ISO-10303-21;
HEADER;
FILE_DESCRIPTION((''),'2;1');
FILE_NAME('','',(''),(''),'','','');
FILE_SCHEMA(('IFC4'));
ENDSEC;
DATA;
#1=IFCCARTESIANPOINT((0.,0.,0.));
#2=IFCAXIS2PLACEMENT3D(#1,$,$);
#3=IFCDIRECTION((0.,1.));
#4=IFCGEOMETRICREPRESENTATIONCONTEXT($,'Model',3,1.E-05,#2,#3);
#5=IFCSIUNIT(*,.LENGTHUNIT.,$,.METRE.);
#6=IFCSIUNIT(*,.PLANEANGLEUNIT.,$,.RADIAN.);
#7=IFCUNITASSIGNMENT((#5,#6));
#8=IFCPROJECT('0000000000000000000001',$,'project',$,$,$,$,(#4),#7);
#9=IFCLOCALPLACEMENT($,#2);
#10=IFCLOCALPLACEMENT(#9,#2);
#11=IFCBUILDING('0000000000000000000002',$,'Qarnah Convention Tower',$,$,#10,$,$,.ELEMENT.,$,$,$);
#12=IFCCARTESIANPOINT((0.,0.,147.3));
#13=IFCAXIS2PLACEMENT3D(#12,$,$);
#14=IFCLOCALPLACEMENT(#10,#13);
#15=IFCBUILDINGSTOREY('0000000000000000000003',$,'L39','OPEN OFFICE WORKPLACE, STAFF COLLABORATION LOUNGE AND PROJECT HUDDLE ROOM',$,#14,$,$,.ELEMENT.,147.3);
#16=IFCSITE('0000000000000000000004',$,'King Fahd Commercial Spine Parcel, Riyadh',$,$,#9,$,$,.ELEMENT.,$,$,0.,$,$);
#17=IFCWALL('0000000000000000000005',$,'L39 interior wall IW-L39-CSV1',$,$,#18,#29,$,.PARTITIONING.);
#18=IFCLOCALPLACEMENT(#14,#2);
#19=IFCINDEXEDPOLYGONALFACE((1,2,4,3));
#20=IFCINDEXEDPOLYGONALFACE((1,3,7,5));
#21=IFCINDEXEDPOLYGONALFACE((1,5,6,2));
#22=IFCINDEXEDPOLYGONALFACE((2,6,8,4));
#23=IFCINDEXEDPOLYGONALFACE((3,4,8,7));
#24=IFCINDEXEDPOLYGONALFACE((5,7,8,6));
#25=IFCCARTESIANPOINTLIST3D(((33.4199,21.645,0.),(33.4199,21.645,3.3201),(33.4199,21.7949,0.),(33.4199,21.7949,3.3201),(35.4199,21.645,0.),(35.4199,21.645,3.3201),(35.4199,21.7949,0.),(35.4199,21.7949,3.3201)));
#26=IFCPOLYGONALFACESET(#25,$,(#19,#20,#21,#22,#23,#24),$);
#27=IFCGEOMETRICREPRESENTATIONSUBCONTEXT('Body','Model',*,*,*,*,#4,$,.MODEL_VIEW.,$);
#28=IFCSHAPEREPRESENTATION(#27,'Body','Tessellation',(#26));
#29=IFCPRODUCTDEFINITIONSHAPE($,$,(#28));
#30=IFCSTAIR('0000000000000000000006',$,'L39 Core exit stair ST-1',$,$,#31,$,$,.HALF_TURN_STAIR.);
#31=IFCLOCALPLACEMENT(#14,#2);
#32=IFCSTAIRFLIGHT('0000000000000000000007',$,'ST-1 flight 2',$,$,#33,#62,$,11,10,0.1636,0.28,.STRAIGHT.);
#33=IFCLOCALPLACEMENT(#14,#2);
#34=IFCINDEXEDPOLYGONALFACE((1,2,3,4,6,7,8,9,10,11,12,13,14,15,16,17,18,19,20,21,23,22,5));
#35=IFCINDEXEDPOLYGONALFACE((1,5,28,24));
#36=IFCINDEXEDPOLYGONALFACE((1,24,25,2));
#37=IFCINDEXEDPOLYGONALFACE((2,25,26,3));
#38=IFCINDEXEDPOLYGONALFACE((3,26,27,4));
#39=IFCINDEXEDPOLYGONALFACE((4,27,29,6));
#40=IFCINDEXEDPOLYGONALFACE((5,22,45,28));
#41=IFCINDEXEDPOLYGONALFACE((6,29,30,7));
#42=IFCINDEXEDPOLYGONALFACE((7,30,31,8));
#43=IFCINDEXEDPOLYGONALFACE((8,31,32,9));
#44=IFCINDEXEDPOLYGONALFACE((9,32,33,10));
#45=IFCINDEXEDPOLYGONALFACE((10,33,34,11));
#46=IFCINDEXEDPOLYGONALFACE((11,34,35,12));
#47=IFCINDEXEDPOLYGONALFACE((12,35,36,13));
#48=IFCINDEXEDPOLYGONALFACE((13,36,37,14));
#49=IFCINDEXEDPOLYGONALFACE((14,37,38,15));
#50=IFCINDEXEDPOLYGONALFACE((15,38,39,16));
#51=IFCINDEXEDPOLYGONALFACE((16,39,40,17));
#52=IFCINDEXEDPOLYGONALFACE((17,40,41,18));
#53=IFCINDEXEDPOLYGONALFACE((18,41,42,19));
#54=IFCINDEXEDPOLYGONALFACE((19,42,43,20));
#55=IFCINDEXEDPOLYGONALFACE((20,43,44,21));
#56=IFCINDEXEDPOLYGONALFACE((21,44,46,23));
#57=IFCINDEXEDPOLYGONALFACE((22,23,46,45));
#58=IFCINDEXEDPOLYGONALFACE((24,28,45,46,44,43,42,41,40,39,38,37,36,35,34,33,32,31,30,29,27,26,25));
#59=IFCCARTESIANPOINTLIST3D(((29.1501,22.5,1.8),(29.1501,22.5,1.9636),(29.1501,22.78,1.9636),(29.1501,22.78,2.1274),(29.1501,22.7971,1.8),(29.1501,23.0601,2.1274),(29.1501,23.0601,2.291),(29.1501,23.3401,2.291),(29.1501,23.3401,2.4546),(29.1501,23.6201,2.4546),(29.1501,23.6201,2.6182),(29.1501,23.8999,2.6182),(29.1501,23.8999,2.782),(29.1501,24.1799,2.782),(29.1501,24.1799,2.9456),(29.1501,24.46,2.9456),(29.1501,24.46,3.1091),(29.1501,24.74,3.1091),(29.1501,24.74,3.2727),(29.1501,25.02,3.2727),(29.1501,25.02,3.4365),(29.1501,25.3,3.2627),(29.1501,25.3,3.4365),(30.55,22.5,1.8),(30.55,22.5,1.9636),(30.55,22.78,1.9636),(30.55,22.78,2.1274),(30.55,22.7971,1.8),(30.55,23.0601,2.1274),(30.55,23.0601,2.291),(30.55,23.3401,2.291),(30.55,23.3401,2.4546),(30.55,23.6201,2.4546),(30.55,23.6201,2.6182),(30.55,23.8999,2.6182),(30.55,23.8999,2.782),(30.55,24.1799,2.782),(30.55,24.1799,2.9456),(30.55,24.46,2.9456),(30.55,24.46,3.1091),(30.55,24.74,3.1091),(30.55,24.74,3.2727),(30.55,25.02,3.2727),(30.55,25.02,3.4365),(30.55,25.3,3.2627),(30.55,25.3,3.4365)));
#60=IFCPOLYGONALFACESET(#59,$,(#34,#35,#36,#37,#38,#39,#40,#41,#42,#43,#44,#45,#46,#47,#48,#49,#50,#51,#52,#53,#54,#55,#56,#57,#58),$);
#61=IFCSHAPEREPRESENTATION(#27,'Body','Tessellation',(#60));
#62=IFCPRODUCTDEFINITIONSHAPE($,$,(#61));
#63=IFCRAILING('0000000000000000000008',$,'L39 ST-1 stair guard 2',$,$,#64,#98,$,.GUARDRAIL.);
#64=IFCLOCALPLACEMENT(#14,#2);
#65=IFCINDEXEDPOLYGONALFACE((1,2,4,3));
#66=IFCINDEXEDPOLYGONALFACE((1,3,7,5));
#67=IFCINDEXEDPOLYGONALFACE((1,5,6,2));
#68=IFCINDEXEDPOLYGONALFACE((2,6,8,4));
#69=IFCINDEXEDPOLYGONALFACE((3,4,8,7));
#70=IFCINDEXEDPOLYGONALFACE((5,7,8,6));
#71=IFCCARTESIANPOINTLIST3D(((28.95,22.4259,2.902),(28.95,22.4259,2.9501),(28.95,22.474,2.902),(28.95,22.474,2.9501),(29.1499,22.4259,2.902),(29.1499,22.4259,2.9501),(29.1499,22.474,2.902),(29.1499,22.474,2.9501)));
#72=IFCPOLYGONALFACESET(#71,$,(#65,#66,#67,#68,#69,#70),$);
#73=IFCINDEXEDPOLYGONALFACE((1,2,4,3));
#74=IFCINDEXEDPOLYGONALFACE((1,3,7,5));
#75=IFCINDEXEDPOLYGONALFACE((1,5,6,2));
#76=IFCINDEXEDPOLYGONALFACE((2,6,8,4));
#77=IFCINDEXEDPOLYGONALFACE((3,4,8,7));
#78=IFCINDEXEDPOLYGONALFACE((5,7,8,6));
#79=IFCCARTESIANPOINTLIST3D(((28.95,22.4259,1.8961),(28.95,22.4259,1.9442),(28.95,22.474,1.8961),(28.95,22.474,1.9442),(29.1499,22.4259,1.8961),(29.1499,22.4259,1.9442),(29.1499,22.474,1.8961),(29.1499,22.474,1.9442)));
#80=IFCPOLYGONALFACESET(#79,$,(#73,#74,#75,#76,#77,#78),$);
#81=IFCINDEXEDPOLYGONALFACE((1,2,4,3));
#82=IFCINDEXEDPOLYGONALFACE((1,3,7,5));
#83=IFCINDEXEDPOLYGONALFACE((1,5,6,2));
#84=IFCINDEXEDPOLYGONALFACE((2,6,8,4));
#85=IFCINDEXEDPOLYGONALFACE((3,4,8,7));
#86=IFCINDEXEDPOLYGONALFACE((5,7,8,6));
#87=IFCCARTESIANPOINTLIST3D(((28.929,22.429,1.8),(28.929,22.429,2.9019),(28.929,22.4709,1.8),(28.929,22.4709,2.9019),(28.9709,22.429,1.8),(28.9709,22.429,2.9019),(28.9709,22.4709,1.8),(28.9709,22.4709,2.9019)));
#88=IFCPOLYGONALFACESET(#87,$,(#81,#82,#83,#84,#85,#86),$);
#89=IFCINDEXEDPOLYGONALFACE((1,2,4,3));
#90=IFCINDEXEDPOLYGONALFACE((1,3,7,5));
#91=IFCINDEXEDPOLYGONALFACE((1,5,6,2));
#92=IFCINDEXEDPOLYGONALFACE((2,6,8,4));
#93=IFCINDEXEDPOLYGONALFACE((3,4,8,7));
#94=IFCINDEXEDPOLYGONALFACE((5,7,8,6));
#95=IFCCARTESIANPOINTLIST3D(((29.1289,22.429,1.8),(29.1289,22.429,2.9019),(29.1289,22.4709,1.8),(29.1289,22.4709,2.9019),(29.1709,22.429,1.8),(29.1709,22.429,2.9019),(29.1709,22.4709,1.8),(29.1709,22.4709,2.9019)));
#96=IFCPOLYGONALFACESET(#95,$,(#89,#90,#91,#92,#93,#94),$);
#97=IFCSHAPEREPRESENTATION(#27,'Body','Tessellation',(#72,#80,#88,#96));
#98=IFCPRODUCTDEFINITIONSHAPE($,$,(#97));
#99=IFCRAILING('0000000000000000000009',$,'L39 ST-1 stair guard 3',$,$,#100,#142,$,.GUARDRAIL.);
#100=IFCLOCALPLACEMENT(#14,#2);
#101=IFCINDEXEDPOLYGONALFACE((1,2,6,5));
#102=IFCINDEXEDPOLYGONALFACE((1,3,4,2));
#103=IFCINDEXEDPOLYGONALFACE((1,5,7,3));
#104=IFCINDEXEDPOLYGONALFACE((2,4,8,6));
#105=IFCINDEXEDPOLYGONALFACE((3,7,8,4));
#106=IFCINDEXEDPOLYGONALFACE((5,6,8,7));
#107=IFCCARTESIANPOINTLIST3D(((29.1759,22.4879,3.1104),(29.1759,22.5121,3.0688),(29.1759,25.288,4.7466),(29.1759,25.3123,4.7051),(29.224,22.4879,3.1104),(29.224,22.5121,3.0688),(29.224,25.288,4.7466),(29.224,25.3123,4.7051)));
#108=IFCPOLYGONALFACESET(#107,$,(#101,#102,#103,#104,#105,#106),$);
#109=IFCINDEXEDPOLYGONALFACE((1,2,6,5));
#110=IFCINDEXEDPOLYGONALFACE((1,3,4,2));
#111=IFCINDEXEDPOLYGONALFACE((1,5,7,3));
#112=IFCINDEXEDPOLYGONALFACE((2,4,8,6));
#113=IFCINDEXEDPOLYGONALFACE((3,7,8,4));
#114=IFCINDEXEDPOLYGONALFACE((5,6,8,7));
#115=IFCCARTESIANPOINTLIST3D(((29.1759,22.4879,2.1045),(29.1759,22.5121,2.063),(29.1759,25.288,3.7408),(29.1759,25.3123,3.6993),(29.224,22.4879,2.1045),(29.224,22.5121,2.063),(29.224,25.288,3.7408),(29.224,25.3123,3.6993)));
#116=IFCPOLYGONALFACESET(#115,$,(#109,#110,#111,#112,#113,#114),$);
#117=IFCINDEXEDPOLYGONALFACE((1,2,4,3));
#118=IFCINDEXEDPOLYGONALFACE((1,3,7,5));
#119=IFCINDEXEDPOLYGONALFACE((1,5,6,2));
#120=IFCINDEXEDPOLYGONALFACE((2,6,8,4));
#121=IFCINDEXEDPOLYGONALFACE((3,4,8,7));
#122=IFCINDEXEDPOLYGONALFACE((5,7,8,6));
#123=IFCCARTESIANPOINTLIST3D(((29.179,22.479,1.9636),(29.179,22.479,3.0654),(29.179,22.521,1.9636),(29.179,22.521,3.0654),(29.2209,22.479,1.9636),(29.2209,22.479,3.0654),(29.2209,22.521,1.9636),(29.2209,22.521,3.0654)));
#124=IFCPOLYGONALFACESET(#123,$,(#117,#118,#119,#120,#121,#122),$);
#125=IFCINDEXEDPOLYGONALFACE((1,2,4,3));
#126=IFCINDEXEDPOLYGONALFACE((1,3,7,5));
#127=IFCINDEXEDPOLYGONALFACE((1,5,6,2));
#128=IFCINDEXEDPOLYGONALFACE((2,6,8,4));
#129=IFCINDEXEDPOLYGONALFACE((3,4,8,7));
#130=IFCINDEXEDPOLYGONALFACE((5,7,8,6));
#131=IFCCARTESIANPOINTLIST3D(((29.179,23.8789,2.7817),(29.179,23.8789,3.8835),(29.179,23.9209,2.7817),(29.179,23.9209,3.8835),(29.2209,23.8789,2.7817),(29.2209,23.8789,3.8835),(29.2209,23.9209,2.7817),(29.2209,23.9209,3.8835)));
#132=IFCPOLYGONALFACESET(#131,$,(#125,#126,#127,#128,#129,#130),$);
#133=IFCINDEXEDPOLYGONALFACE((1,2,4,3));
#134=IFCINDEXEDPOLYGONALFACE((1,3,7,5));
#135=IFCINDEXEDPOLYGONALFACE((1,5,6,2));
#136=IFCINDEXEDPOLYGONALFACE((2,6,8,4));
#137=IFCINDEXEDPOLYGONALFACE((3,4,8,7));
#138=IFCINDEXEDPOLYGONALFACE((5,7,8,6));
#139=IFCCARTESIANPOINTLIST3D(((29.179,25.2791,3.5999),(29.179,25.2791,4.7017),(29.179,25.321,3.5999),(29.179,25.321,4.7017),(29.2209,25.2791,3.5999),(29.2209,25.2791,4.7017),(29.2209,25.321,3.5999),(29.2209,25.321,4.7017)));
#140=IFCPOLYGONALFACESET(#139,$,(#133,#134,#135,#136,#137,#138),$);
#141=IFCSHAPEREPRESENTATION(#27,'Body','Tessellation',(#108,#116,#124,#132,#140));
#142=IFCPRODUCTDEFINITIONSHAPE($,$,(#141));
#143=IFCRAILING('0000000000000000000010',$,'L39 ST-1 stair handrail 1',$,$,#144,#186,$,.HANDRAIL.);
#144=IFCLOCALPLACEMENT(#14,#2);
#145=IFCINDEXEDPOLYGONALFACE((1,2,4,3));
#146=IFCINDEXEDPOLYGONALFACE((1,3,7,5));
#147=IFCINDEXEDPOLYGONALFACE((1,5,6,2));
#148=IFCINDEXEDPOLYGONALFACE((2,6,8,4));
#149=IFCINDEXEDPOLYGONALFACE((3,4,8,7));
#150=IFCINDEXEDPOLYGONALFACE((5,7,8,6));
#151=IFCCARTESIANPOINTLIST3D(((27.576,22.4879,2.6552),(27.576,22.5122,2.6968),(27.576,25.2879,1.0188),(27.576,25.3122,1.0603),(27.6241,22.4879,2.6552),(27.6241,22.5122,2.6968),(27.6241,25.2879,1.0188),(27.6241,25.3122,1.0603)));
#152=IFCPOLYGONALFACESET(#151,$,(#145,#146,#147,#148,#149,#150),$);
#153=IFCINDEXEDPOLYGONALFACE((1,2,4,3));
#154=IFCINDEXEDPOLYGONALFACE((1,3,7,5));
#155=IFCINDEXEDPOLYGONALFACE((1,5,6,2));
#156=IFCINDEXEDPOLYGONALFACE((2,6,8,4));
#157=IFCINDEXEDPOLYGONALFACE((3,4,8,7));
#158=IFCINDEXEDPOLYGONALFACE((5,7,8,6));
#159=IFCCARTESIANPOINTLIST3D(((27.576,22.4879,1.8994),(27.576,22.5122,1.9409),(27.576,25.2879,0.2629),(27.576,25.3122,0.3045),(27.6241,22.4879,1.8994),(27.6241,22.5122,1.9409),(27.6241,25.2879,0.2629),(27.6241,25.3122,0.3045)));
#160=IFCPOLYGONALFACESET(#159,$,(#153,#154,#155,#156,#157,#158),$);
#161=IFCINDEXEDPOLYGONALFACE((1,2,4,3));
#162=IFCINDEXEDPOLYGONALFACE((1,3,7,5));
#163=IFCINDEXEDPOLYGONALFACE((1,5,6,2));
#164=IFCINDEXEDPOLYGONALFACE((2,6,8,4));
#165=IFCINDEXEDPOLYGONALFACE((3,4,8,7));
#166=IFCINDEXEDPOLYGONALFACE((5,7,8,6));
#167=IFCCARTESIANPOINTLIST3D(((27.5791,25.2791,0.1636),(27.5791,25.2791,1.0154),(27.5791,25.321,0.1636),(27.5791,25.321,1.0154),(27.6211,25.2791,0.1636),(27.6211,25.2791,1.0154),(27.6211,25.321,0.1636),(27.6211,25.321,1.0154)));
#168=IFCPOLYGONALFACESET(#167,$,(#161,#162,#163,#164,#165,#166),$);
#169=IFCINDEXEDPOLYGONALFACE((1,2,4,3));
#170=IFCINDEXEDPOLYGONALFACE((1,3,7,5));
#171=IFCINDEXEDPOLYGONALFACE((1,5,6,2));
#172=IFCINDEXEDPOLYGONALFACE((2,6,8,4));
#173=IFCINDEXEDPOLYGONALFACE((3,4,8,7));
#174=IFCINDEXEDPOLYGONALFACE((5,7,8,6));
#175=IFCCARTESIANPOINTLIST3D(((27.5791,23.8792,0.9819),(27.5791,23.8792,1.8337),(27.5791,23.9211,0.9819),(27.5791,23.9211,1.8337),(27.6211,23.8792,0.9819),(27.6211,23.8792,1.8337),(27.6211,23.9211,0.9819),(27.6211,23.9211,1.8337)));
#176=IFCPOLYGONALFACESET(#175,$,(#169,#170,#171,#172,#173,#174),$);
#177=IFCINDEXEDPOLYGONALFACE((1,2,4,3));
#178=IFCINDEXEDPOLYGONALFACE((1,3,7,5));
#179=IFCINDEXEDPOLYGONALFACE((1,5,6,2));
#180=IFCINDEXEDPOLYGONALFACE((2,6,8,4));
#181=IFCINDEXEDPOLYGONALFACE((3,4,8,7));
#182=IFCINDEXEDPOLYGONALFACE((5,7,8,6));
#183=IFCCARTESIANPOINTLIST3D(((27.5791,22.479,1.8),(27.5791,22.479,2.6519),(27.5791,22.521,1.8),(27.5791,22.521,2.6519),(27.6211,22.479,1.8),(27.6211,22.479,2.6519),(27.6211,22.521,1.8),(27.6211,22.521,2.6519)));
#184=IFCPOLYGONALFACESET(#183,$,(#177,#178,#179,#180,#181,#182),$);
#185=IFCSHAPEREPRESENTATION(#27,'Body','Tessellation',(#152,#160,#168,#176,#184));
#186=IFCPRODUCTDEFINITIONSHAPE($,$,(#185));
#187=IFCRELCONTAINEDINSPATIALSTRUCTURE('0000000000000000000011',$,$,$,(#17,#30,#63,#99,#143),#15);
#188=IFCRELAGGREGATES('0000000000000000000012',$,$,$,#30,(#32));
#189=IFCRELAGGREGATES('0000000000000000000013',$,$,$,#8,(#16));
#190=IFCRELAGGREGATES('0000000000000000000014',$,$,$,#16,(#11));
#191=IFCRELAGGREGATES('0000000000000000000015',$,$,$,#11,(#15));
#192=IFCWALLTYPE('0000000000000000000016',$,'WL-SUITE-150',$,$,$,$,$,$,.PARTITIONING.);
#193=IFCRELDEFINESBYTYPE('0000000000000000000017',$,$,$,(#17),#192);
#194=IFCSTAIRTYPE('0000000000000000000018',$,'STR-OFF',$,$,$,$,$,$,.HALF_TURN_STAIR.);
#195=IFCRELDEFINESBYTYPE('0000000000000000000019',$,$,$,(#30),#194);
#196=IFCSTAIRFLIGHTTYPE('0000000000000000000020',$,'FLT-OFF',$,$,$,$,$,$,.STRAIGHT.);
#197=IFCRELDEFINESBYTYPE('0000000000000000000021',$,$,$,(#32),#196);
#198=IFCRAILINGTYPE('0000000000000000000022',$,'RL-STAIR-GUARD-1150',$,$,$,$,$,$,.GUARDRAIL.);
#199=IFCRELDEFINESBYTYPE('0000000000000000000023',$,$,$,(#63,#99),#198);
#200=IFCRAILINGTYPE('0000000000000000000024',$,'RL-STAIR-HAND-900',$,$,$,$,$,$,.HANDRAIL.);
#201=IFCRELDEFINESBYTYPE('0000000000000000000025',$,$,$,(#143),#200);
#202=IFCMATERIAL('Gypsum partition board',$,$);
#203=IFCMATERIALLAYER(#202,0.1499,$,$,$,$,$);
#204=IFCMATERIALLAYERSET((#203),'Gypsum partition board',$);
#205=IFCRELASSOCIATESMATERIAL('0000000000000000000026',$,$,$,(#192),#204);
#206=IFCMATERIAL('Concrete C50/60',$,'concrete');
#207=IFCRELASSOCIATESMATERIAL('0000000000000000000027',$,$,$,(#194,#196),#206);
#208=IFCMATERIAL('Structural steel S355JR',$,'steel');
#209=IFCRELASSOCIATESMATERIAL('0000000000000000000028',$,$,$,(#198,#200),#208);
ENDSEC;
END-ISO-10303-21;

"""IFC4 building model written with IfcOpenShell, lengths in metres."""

from ifc_helpers import new_model, si_unit, direction, frame, frame_2d, origin, origin_2d, place, context, subcontext, project, spatial, polyline, rectangle, outline, extrude, material, layer, layer_set, type_object, element, aggregate, save


model = new_model("IFC4")

# Units and contexts
model_context = context("Model", 3, precision=1e-05, world=origin(), true_north=direction((0.0, 1.0)))
body_context = subcontext(model_context, "Body", "Model", "MODEL_VIEW")
ifc_project = project(units=[si_unit("LENGTHUNIT", "METRE"), si_unit("PLANEANGLEUNIT", "RADIAN")], contexts=[model_context])

# Site, building, storey
site_placement = place(None, origin())
site = spatial("IfcSite", under=ifc_project, at=site_placement, Name="King Fahd Commercial Spine Parcel, Riyadh", CompositionType="ELEMENT", RefElevation=0.0)
building_placement = place(site_placement, origin())
building = spatial("IfcBuilding", under=site, at=building_placement, Name="Qarnah Convention Tower", CompositionType="ELEMENT")
storey_placement = place(building_placement, frame((0.0, 0.0, 147.3)))
storey = spatial("IfcBuildingStorey", under=building, at=storey_placement, Name="L39", Description="OPEN OFFICE WORKPLACE, STAFF COLLABORATION LOUNGE AND PROJECT HUDDLE ROOM", CompositionType="ELEMENT", Elevation=147.3)

# Shared definitions
ifc_material_1 = material(Name="Structural steel S355JR", Category="steel")

# Wall
ifc_material_2 = material(Name="Gypsum partition board")
ifc_layer_1 = layer(ifc_material_2, 0.1499)
ifc_layer_set_1 = layer_set([ifc_layer_1], Name="Gypsum partition board")
wall_type_1 = type_object("IfcWallType", Name="WL-SUITE-150", PredefinedType="PARTITIONING", material=ifc_layer_set_1)
wall_1_placement = place(storey_placement, frame((33.4199, 21.72, 0.0), z_axis=(0.0, 0.0, 1.0), x_axis=(1.0, 0.0, 0.0)))
element("IfcWall", 1, at=wall_1_placement, inside=storey, type_object=wall_type_1, Name="L39 interior wall IW-L39-CSV1", PredefinedType="PARTITIONING", context=body_context, shape_type="SweptSolid", body=[
    extrude(rectangle(XDim=2.0, YDim=0.1499, at=frame_2d((1.0, 0.0))), origin(), (0.0, 0.0, 1.0), 3.3201),
])

# Stair, stair flight
ifc_material_3 = material(Name="Concrete C50/60", Category="concrete")
stair_type = type_object("IfcStairType", Name="STR-OFF", PredefinedType="HALF_TURN_STAIR", material=ifc_material_3)
stair_placement = place(storey_placement, origin())
stair = element("IfcStair", 2, at=stair_placement, inside=storey, type_object=stair_type, Name="L39 Core exit stair ST-1", PredefinedType="HALF_TURN_STAIR")
stair_flight_type = type_object("IfcStairFlightType", Name="FLT-OFF", PredefinedType="STRAIGHT", material=ifc_material_3)
stair_flight_placement = place(storey_placement, frame((29.8501, 22.5, 1.8), z_axis=(0.0, 0.0, 1.0), x_axis=(0.0, 1.0, 0.0)))
stair_flight = element("IfcStairFlight", 3, at=stair_flight_placement, type_object=stair_flight_type, Name="ST-1 flight 2", NumberOfRisers=11, NumberOfTreads=10, PredefinedType="STRAIGHT", RiserHeight=0.1636, TreadLength=0.28, context=body_context, shape_type="SweptSolid", body=[
    extrude(outline(polyline([(0.0, 0.0), (0.0, 0.1636), (0.28, 0.1636), (0.28, 0.3274), (0.5601, 0.3274), (0.5601, 0.491), (0.8401, 0.491), (0.8401, 0.6545), (1.1201, 0.6545), (1.1201, 0.8181), (1.3999, 0.8181), (1.3999, 0.9819), (1.6799, 0.9819), (1.6799, 1.1455), (1.96, 1.1455), (1.96, 1.3091), (2.24, 1.3091), (2.24, 1.4727), (2.52, 1.4727), (2.52, 1.6365), (2.8, 1.6365), (2.8, 1.8), (2.8, 1.4626), (0.2971, 0.0), (0.0, 0.0)])), frame((0.0, 0.7, 0.0), z_axis=(0.0, -1.0, 0.0), x_axis=(1.0, 0.0, 0.0)), (0.0, 0.0, 1.0), 1.3999),
])
aggregate(stair, [stair_flight])

# Railings
railing_type_1 = type_object("IfcRailingType", Name="RL-STAIR-GUARD-1150", PredefinedType="GUARDRAIL", material=ifc_material_1)
railing_1_placement = place(storey_placement, frame((28.95, 22.45, 1.8)))
element("IfcRailing", 4, at=railing_1_placement, inside=storey, type_object=railing_type_1, Name="L39 ST-1 stair guard 2", PredefinedType="GUARDRAIL", context=body_context, shape_type="SweptSolid", body=[
    extrude(rectangle(XDim=0.0481, YDim=0.0481, at=origin_2d()), frame((0.0, 0.0, 1.126), z_axis=(1.0, 0.0, 0.0), x_axis=(0.0, 1.0, 0.0)), (0.0, 0.0, 1.0), 0.2),
    extrude(rectangle(XDim=0.0481, YDim=0.0481, at=origin_2d()), frame((0.0, 0.0, 0.1201), z_axis=(1.0, 0.0, 0.0), x_axis=(0.0, 1.0, 0.0)), (0.0, 0.0, 1.0), 0.2),
    extrude(rectangle(XDim=0.042, YDim=0.042, at=origin_2d()), origin(), (0.0, 0.0, 1.0), 1.1018),
    extrude(rectangle(XDim=0.042, YDim=0.042, at=origin_2d()), frame((0.2, 0.0, 0.0)), (0.0, 0.0, 1.0), 1.1018),
])
railing_2_placement = place(storey_placement, frame((29.2, 22.5, 1.9636)))
element("IfcRailing", 5, at=railing_2_placement, inside=storey, type_object=railing_type_1, Name="L39 ST-1 stair guard 3", PredefinedType="GUARDRAIL", context=body_context, shape_type="SweptSolid", body=[
    extrude(rectangle(XDim=0.0481, YDim=0.0481, at=origin_2d()), frame((0.0, 0.0, 1.126), z_axis=(0.0, 0.863394, 0.504531), x_axis=(-1.0, 0.0, 0.0)), (0.0, 0.0, 1.0), 3.2432),
    extrude(rectangle(XDim=0.0481, YDim=0.0481, at=origin_2d()), frame((0.0, 0.0, 0.1201), z_axis=(0.0, 0.863394, 0.504531), x_axis=(-1.0, 0.0, 0.0)), (0.0, 0.0, 1.0), 3.2432),
    extrude(rectangle(XDim=0.042, YDim=0.042, at=origin_2d()), origin(), (0.0, 0.0, 1.0), 1.1018),
    extrude(rectangle(XDim=0.042, YDim=0.042, at=origin_2d()), frame((0.0, 1.3999, 0.8181)), (0.0, 0.0, 1.0), 1.1018),
    extrude(rectangle(XDim=0.042, YDim=0.042, at=origin_2d()), frame((0.0, 2.8, 1.6362)), (0.0, 0.0, 1.0), 1.1018),
])
railing_type_2 = type_object("IfcRailingType", Name="RL-STAIR-HAND-900", PredefinedType="HANDRAIL", material=ifc_material_1)
railing_3_placement = place(storey_placement, frame((27.6001, 25.3, 0.1636)))
element("IfcRailing", 6, at=railing_3_placement, inside=storey, type_object=railing_type_2, Name="L39 ST-1 stair handrail 1", PredefinedType="HANDRAIL", context=body_context, shape_type="SweptSolid", body=[
    extrude(rectangle(XDim=0.0481, YDim=0.0481, at=origin_2d()), frame((0.0, 0.0, 0.876), z_axis=(0.0, -0.863361, 0.504587), x_axis=(1.0, 0.0, 0.0)), (0.0, 0.0, 1.0), 3.2432),
    extrude(rectangle(XDim=0.0481, YDim=0.0481, at=origin_2d()), frame((0.0, 0.0, 0.1201), z_axis=(0.0, -0.863361, 0.504587), x_axis=(1.0, 0.0, 0.0)), (0.0, 0.0, 1.0), 3.2432),
    extrude(rectangle(XDim=0.042, YDim=0.042, at=origin_2d()), origin(), (0.0, 0.0, 1.0), 0.8518),
    extrude(rectangle(XDim=0.042, YDim=0.042, at=origin_2d()), frame((0.0, -1.3999, 0.8184)), (0.0, 0.0, 1.0), 0.8518),
    extrude(rectangle(XDim=0.042, YDim=0.042, at=origin_2d()), frame((0.0, -2.8, 1.6365)), (0.0, 0.0, 1.0), 0.8518),
])

save(model, "model.ifc")
